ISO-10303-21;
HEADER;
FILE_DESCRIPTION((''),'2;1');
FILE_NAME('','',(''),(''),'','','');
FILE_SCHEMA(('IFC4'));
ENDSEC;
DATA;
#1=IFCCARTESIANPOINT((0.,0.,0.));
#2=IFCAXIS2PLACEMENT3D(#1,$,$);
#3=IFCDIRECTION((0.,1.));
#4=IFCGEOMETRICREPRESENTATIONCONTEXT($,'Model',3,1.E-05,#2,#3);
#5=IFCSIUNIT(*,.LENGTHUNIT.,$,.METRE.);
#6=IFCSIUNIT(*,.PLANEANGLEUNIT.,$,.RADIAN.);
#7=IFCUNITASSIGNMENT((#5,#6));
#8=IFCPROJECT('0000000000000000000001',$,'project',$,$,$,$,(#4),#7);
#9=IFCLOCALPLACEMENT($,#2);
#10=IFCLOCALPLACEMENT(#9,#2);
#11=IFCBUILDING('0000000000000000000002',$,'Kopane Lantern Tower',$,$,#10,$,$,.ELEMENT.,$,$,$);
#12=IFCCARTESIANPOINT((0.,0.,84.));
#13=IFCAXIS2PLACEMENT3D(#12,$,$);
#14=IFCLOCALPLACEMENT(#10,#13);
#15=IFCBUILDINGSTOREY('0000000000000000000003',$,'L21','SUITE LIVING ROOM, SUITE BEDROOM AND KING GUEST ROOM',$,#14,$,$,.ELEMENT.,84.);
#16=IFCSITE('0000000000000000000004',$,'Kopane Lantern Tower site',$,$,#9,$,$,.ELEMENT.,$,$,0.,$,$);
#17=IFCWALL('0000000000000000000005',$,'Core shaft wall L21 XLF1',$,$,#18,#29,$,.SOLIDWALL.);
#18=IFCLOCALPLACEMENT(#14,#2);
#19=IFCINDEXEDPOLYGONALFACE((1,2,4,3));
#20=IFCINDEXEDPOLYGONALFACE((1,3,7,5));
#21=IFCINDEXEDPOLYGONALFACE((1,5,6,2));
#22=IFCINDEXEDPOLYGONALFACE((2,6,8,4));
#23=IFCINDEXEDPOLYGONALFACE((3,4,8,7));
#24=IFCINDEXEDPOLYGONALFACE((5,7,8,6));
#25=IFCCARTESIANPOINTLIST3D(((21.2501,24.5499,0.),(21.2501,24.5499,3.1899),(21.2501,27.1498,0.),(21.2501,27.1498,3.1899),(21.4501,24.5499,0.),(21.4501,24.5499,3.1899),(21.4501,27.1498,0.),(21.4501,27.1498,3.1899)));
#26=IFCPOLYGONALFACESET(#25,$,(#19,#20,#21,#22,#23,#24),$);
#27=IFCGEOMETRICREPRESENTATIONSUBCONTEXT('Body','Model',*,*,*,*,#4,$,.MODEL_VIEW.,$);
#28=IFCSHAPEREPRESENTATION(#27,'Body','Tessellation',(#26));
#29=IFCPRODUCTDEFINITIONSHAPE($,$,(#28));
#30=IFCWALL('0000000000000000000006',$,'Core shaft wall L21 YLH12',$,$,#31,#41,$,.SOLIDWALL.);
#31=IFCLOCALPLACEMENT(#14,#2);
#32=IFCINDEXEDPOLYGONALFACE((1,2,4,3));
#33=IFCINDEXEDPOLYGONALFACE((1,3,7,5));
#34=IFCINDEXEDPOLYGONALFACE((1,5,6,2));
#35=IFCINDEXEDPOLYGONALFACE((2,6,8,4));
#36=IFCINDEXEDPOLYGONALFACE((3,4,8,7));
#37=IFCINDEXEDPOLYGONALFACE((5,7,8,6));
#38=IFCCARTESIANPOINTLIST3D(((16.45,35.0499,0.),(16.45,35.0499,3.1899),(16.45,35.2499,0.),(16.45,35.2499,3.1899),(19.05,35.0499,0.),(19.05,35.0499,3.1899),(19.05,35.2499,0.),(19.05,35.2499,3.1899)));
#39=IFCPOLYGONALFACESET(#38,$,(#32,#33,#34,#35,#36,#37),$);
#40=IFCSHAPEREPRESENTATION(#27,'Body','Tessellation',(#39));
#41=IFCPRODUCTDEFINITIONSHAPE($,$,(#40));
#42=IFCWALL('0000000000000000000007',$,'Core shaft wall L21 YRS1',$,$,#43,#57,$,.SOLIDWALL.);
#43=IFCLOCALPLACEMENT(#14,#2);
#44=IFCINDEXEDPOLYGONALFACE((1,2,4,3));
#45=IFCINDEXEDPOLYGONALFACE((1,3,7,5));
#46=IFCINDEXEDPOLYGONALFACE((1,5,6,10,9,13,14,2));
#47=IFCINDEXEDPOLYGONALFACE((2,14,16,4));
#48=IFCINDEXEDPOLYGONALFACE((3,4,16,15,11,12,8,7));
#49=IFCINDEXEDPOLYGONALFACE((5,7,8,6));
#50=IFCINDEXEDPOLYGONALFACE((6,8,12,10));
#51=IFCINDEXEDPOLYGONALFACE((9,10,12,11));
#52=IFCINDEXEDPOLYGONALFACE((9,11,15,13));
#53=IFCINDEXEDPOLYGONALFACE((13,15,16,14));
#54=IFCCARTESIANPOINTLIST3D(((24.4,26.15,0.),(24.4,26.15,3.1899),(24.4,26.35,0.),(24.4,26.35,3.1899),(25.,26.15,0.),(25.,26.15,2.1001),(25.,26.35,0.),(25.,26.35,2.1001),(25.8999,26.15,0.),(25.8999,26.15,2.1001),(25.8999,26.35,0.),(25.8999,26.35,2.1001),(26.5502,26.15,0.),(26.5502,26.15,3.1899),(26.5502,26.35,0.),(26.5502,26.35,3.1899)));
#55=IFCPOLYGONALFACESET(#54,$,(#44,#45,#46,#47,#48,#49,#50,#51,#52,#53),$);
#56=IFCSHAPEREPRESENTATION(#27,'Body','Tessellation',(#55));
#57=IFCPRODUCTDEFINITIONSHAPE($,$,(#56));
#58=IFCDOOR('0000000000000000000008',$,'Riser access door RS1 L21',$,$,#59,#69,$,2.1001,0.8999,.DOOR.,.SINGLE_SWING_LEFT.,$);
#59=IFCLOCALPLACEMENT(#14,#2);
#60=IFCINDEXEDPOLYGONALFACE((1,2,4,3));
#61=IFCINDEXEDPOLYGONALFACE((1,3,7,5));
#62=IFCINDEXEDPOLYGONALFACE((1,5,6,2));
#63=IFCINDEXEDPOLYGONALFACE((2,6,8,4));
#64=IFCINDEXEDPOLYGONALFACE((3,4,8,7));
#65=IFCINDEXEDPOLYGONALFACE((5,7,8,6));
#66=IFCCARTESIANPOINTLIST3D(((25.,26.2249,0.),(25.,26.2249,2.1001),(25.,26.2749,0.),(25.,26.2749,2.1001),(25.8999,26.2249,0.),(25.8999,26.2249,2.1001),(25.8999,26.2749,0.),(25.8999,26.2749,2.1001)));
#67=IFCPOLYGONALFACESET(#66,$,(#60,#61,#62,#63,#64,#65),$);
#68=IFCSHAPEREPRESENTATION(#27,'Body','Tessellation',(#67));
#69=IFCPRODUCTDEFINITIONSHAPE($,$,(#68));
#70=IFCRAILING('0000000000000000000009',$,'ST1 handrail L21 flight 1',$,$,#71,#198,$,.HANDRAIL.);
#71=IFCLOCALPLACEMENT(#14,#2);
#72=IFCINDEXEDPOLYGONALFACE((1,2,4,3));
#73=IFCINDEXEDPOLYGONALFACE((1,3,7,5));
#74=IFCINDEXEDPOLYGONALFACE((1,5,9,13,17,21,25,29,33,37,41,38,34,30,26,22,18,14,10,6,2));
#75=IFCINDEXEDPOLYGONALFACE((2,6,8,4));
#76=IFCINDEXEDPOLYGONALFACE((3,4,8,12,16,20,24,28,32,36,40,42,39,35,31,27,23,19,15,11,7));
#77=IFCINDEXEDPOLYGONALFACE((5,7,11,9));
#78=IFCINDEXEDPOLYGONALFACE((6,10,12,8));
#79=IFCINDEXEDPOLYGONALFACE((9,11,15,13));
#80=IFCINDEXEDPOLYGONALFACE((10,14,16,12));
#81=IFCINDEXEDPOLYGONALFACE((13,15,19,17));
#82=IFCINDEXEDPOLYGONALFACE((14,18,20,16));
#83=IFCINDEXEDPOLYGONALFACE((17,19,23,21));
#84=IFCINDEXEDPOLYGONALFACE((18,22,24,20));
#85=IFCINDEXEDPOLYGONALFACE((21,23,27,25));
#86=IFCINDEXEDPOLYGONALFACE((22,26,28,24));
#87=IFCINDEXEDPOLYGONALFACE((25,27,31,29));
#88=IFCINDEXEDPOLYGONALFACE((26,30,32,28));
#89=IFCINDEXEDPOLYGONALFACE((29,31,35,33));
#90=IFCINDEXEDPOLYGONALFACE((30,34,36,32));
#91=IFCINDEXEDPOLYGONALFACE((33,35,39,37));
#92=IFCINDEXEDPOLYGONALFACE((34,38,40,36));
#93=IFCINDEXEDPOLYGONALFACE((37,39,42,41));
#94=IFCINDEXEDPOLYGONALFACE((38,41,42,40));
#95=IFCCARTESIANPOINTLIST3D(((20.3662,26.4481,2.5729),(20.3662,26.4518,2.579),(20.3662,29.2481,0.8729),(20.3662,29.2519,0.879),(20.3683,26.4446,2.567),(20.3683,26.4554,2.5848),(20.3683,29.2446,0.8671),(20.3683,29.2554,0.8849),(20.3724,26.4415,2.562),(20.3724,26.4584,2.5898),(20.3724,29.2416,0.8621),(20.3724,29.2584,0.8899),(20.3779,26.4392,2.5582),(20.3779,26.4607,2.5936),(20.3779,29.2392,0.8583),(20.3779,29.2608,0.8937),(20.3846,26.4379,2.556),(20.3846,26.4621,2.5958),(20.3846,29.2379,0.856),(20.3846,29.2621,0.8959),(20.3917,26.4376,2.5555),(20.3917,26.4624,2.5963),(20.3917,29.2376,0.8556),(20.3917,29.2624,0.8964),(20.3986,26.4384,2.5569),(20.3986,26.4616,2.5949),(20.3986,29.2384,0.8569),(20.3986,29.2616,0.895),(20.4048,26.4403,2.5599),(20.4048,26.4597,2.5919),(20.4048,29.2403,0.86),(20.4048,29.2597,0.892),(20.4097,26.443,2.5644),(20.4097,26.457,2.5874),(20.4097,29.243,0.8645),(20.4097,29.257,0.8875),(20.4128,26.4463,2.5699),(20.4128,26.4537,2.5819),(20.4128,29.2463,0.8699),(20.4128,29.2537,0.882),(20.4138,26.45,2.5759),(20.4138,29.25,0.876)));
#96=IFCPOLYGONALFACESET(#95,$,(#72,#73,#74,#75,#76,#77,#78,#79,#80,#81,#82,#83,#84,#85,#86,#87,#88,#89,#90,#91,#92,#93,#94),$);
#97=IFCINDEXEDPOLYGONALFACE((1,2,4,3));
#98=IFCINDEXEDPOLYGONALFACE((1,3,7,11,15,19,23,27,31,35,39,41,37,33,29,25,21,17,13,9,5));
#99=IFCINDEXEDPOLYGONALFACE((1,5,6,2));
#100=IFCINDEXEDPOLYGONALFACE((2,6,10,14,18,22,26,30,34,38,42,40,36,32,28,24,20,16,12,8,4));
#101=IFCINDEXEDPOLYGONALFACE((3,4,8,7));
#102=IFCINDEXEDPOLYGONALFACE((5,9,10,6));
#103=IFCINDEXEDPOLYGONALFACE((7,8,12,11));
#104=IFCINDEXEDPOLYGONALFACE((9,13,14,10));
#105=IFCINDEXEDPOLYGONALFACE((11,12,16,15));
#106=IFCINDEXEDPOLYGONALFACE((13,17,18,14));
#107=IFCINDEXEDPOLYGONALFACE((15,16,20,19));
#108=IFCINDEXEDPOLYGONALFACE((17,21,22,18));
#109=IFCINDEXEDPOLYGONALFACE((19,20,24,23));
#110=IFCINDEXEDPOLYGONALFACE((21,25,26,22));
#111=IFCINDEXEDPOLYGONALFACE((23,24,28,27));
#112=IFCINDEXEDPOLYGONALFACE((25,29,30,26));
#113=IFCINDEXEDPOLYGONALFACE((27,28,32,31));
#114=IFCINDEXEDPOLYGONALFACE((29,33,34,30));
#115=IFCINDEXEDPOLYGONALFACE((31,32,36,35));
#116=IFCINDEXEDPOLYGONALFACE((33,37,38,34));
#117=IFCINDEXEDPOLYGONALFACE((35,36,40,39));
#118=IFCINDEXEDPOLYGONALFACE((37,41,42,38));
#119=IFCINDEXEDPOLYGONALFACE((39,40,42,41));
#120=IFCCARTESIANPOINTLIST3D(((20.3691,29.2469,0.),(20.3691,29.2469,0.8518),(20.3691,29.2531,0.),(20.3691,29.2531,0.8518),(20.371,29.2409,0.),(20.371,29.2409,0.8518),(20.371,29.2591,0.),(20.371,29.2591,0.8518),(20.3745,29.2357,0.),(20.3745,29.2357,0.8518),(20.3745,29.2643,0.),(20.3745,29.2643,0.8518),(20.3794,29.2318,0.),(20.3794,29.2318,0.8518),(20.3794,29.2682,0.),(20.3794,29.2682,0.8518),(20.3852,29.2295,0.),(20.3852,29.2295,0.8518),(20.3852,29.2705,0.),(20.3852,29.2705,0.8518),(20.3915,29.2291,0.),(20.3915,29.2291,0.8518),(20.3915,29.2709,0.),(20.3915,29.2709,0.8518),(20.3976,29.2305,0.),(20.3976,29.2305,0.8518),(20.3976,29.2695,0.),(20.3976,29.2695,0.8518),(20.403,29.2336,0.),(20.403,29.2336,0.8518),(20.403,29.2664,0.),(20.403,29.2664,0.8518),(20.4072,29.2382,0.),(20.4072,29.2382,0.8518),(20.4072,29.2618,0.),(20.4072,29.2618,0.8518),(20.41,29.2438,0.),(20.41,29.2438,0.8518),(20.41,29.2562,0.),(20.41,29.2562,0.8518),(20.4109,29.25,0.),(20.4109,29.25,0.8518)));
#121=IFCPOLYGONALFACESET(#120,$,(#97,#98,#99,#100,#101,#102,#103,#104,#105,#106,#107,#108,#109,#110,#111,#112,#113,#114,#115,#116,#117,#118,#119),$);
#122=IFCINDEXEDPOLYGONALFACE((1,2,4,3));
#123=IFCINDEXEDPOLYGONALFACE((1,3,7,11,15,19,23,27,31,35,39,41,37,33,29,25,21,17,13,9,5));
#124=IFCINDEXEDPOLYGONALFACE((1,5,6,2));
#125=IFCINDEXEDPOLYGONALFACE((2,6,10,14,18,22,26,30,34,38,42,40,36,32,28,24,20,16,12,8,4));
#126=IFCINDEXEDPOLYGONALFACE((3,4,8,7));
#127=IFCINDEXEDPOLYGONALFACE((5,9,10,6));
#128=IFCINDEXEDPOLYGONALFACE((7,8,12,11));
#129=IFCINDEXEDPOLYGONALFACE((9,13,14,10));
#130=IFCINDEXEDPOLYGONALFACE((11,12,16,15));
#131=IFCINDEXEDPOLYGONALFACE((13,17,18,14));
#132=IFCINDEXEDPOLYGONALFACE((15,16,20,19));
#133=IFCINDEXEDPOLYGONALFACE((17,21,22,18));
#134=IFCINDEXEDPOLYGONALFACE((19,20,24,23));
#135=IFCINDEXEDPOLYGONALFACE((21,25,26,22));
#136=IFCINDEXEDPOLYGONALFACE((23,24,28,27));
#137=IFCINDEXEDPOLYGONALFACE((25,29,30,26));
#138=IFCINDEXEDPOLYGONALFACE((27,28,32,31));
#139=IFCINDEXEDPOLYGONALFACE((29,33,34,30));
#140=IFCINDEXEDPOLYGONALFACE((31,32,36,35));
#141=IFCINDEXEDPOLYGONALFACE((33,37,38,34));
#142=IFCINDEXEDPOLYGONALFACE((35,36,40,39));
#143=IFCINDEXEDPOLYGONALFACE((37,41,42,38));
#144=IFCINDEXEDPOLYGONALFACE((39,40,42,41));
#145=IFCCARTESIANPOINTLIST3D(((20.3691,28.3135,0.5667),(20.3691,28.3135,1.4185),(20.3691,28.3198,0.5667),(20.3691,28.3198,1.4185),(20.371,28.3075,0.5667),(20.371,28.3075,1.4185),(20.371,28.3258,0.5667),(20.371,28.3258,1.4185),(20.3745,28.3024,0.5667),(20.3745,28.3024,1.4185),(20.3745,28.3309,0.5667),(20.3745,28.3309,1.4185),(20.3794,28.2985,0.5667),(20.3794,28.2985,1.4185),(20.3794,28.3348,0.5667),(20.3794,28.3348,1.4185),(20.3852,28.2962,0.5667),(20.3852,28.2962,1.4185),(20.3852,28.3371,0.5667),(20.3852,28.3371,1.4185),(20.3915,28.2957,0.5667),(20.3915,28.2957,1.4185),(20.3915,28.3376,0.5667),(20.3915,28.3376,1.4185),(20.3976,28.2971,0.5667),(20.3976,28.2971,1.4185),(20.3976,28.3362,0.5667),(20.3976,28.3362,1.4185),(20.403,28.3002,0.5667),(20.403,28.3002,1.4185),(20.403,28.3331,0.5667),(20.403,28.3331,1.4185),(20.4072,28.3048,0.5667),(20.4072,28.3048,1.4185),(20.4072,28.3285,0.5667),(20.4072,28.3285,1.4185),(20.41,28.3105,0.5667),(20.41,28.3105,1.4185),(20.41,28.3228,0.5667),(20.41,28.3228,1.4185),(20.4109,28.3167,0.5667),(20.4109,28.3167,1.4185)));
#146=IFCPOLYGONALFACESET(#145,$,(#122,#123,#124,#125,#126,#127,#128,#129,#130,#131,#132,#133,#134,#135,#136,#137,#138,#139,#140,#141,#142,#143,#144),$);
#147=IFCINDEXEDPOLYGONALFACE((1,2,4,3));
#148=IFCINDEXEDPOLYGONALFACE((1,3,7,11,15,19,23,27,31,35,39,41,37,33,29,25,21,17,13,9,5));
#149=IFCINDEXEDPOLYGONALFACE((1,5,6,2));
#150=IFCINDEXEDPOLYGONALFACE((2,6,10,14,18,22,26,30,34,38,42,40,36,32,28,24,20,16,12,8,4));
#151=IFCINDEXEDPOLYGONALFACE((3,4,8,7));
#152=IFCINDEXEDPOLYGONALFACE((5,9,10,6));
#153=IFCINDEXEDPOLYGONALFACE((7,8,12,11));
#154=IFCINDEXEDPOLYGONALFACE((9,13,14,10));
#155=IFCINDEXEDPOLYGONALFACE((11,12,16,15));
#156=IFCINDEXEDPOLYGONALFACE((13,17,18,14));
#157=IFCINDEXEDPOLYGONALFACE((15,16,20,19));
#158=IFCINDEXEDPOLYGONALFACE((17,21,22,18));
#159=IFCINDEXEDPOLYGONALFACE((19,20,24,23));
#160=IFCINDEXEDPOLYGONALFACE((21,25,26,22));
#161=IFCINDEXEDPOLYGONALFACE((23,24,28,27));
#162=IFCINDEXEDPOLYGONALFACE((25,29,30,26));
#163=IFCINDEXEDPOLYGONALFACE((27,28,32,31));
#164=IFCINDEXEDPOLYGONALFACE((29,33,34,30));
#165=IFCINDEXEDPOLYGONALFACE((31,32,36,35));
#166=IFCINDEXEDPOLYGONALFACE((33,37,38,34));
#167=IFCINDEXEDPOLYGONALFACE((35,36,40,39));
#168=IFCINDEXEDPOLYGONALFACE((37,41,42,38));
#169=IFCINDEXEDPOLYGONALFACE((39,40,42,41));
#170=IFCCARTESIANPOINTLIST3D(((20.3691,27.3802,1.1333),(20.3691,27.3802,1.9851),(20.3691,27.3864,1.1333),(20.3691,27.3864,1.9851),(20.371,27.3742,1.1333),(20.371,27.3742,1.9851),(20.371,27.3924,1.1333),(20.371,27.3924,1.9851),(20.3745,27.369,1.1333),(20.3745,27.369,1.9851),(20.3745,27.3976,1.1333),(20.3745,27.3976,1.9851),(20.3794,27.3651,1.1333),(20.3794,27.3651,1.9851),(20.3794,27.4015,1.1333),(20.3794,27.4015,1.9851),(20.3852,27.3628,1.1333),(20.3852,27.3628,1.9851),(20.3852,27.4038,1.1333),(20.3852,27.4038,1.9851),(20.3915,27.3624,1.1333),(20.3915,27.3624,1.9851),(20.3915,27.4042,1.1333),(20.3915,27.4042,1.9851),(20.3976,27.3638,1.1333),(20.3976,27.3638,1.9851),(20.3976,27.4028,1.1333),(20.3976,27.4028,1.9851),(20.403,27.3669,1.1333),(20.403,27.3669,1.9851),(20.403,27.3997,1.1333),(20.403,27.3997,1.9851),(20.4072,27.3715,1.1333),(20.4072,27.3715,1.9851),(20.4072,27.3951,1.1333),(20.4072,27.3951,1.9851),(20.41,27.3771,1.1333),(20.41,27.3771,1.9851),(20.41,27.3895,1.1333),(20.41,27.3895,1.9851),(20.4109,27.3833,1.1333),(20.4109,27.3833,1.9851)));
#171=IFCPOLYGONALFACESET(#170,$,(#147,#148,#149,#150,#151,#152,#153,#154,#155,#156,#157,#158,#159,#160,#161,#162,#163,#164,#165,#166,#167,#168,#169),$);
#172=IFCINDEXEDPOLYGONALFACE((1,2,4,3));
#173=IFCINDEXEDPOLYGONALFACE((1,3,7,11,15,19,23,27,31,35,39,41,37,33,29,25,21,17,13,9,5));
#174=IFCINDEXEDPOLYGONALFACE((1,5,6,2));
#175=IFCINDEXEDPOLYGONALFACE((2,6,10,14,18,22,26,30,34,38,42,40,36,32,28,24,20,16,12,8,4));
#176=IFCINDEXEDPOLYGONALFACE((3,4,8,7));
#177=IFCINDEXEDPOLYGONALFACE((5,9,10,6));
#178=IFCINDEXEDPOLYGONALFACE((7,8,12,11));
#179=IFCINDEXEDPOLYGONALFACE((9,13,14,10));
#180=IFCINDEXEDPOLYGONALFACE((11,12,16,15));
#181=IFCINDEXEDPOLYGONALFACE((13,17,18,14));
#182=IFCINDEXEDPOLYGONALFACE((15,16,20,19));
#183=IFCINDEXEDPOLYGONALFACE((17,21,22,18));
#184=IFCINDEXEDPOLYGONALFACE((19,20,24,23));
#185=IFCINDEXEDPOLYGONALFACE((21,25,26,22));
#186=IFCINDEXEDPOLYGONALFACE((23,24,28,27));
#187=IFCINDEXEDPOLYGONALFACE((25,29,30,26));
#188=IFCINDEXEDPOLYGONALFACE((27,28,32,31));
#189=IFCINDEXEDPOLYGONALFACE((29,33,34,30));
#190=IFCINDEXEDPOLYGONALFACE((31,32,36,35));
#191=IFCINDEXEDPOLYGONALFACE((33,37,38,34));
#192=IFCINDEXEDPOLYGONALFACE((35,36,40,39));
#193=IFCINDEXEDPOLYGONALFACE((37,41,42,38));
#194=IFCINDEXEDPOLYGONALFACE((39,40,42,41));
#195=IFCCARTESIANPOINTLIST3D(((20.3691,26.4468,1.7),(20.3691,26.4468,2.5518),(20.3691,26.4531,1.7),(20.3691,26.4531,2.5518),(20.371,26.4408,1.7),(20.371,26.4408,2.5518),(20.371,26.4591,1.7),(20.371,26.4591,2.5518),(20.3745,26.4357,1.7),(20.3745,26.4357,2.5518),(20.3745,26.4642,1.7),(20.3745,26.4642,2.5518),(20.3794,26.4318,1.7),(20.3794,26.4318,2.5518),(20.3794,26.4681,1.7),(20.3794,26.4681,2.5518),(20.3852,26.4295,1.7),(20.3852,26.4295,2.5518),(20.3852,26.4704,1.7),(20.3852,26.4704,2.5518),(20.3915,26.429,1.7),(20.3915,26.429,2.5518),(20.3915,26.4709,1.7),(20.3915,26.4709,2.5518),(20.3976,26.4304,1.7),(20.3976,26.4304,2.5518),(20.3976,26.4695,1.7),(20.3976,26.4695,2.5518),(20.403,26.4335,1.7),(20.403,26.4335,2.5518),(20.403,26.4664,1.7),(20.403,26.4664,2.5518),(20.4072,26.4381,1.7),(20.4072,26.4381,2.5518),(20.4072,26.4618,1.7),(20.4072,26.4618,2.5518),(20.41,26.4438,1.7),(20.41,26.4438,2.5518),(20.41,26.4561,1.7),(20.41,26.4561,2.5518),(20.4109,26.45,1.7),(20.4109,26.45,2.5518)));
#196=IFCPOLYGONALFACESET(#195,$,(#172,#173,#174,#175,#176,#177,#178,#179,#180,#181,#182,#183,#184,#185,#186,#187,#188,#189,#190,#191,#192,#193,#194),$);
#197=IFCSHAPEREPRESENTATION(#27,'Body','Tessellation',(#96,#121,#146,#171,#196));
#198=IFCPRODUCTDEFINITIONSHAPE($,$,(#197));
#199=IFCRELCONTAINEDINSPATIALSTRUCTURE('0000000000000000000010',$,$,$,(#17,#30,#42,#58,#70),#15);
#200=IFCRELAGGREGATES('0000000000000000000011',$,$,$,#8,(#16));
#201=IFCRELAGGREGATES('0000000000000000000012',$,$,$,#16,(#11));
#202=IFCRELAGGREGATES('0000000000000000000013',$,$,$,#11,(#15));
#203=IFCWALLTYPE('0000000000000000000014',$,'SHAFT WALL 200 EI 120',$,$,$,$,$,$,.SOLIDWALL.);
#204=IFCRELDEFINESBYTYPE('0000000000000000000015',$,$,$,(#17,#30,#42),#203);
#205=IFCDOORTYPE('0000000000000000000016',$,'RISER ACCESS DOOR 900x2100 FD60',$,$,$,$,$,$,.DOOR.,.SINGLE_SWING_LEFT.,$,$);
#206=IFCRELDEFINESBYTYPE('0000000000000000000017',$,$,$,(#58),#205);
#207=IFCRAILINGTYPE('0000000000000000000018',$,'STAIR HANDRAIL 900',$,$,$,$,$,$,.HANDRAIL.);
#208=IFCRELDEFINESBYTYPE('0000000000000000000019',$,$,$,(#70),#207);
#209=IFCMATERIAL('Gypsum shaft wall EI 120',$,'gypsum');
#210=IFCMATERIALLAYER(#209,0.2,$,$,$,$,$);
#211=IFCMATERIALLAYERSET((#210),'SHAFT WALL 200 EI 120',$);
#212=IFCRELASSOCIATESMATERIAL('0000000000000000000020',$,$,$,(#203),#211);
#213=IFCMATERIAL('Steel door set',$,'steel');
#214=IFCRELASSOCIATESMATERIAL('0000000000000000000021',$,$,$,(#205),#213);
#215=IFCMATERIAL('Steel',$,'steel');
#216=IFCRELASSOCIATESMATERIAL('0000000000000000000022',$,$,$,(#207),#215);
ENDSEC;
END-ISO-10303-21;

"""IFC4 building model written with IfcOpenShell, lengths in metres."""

from ifc_helpers import new_model, si_unit, direction, frame, frame_2d, origin, origin_2d, place, context, subcontext, project, spatial, rectangle, circle, extrude, material, layer, layer_set, type_object, element, fill, save


model = new_model("IFC4")

# Units and contexts
model_context = context("Model", 3, precision=1e-05, world=origin(), true_north=direction((0.0, 1.0)))
body_context = subcontext(model_context, "Body", "Model", "MODEL_VIEW")
ifc_project = project(units=[si_unit("LENGTHUNIT", "METRE"), si_unit("PLANEANGLEUNIT", "RADIAN")], contexts=[model_context])

# Site, building, storey
site_placement = place(None, origin())
site = spatial("IfcSite", under=ifc_project, at=site_placement, Name="Kopane Lantern Tower site", CompositionType="ELEMENT", RefElevation=0.0)
building_placement = place(site_placement, origin())
building = spatial("IfcBuilding", under=site, at=building_placement, Name="Kopane Lantern Tower", CompositionType="ELEMENT")
storey_placement = place(building_placement, frame((0.0, 0.0, 84.0)))
storey = spatial("IfcBuildingStorey", under=building, at=storey_placement, Name="L21", Description="SUITE LIVING ROOM, SUITE BEDROOM AND KING GUEST ROOM", CompositionType="ELEMENT", Elevation=84.0)

# Shared definitions
ifc_material_1 = material(Name="Gypsum shaft wall EI 120", Category="gypsum")
ifc_layer_1 = layer(ifc_material_1, 0.2)
ifc_layer_set_1 = layer_set([ifc_layer_1], Name="SHAFT WALL 200 EI 120")
wall_type_1 = type_object("IfcWallType", Name="SHAFT WALL 200 EI 120", PredefinedType="SOLIDWALL", material=ifc_layer_set_1)

# Walls
wall_1_placement = place(storey_placement, frame((21.3501, 24.55, 0.0), z_axis=(0.0, 0.0, 1.0), x_axis=(0.0, 1.0, 0.0)))
element("IfcWall", 1, at=wall_1_placement, inside=storey, type_object=wall_type_1, Name="Core shaft wall L21 XLF1", PredefinedType="SOLIDWALL", context=body_context, shape_type="SweptSolid", body=[
    extrude(rectangle(XDim=2.5999, YDim=0.2, at=frame_2d((1.2998, 0.0))), origin(), (0.0, 0.0, 1.0), 3.1899),
])
wall_2_placement = place(storey_placement, frame((16.45, 35.1499, 0.0), z_axis=(0.0, 0.0, 1.0), x_axis=(1.0, 0.0, 0.0)))
element("IfcWall", 2, at=wall_2_placement, inside=storey, type_object=wall_type_1, Name="Core shaft wall L21 YLH12", PredefinedType="SOLIDWALL", context=body_context, shape_type="SweptSolid", body=[
    extrude(rectangle(XDim=2.6001, YDim=0.2, at=frame_2d((1.3, 0.0))), origin(), (0.0, 0.0, 1.0), 3.1899),
])

# Wall, opening, door
wall_3_placement = place(storey_placement, frame((24.3999, 26.25, 0.0), z_axis=(0.0, 0.0, 1.0), x_axis=(1.0, 0.0, 0.0)))
wall_3 = element("IfcWall", 3, at=wall_3_placement, inside=storey, type_object=wall_type_1, Name="Core shaft wall L21 YRS1", PredefinedType="SOLIDWALL", context=body_context, shape_type="SweptSolid", body=[
    extrude(rectangle(XDim=2.1501, YDim=0.2, at=frame_2d((1.0752, 0.0))), origin(), (0.0, 0.0, 1.0), 3.1899),
])
opening_1_placement = place(wall_3_placement, frame((0.6001, 0.0, 0.0)))
opening_1 = element("IfcOpeningElement", 4, at=opening_1_placement, cuts=wall_3, PredefinedType="OPENING", context=body_context, shape_type="SweptSolid", body=[
    extrude(rectangle(XDim=0.8999, YDim=2.1001, at=frame_2d((0.45, 1.05))), frame((0.0, 0.1099, 0.0), z_axis=(0.0, -1.0, 0.0), x_axis=(1.0, 0.0, 0.0)), (0.0, 0.0, 1.0), 0.22),
])
ifc_material_2 = material(Name="Steel door set", Category="steel")
door_type_1 = type_object("IfcDoorType", Name="RISER ACCESS DOOR 900x2100 FD60", OperationType="SINGLE_SWING_LEFT", PredefinedType="DOOR", material=ifc_material_2)
door_1_placement = place(opening_1_placement, origin())
door_1 = element("IfcDoor", 5, at=door_1_placement, inside=storey, type_object=door_type_1, Name="Riser access door RS1 L21", OperationType="SINGLE_SWING_LEFT", OverallHeight=2.1001, OverallWidth=0.8999, PredefinedType="DOOR", context=body_context, shape_type="SweptSolid", body=[
    extrude(rectangle(XDim=0.8999, YDim=2.1001, at=frame_2d((0.45, 1.05))), frame((0.0, 0.0249, 0.0), z_axis=(0.0, -1.0, 0.0), x_axis=(1.0, 0.0, 0.0)), (0.0, 0.0, 1.0), 0.05),
])
fill(opening_1, door_1)

# Railing
ifc_material_3 = material(Name="Steel", Category="steel")
railing_type_1 = type_object("IfcRailingType", Name="STAIR HANDRAIL 900", PredefinedType="HANDRAIL", material=ifc_material_3)
for number, where, name in (
    (6, (20.3899, 29.25, 0.0), "ST1 handrail L21 flight 1"),
):
    element("IfcRailing", number, at=place(storey_placement, frame(where)), inside=storey, type_object=railing_type_1, Name=name, PredefinedType="HANDRAIL", context=body_context, shape_type="SweptSolid", body=[
        extrude(circle(Radius=0.0239, at=origin_2d()), frame((0.0, 0.0, 0.876), z_axis=(0.0, -0.854798, 0.518961), x_axis=(1.0, 0.0, 0.0)), (0.0, 0.0, 1.0), 3.2756),
        extrude(circle(Radius=0.021, at=origin_2d()), origin(), (0.0, 0.0, 1.0), 0.8518),
        extrude(circle(Radius=0.021, at=origin_2d()), frame((0.0, -0.9333, 0.5667)), (0.0, 0.0, 1.0), 0.8518),
        extrude(circle(Radius=0.021, at=origin_2d()), frame((0.0, -1.8667, 1.1333)), (0.0, 0.0, 1.0), 0.8518),
        extrude(circle(Radius=0.021, at=origin_2d()), frame((0.0, -2.8, 1.7)), (0.0, 0.0, 1.0), 0.8518),
    ])

save(model, "model.ifc")
